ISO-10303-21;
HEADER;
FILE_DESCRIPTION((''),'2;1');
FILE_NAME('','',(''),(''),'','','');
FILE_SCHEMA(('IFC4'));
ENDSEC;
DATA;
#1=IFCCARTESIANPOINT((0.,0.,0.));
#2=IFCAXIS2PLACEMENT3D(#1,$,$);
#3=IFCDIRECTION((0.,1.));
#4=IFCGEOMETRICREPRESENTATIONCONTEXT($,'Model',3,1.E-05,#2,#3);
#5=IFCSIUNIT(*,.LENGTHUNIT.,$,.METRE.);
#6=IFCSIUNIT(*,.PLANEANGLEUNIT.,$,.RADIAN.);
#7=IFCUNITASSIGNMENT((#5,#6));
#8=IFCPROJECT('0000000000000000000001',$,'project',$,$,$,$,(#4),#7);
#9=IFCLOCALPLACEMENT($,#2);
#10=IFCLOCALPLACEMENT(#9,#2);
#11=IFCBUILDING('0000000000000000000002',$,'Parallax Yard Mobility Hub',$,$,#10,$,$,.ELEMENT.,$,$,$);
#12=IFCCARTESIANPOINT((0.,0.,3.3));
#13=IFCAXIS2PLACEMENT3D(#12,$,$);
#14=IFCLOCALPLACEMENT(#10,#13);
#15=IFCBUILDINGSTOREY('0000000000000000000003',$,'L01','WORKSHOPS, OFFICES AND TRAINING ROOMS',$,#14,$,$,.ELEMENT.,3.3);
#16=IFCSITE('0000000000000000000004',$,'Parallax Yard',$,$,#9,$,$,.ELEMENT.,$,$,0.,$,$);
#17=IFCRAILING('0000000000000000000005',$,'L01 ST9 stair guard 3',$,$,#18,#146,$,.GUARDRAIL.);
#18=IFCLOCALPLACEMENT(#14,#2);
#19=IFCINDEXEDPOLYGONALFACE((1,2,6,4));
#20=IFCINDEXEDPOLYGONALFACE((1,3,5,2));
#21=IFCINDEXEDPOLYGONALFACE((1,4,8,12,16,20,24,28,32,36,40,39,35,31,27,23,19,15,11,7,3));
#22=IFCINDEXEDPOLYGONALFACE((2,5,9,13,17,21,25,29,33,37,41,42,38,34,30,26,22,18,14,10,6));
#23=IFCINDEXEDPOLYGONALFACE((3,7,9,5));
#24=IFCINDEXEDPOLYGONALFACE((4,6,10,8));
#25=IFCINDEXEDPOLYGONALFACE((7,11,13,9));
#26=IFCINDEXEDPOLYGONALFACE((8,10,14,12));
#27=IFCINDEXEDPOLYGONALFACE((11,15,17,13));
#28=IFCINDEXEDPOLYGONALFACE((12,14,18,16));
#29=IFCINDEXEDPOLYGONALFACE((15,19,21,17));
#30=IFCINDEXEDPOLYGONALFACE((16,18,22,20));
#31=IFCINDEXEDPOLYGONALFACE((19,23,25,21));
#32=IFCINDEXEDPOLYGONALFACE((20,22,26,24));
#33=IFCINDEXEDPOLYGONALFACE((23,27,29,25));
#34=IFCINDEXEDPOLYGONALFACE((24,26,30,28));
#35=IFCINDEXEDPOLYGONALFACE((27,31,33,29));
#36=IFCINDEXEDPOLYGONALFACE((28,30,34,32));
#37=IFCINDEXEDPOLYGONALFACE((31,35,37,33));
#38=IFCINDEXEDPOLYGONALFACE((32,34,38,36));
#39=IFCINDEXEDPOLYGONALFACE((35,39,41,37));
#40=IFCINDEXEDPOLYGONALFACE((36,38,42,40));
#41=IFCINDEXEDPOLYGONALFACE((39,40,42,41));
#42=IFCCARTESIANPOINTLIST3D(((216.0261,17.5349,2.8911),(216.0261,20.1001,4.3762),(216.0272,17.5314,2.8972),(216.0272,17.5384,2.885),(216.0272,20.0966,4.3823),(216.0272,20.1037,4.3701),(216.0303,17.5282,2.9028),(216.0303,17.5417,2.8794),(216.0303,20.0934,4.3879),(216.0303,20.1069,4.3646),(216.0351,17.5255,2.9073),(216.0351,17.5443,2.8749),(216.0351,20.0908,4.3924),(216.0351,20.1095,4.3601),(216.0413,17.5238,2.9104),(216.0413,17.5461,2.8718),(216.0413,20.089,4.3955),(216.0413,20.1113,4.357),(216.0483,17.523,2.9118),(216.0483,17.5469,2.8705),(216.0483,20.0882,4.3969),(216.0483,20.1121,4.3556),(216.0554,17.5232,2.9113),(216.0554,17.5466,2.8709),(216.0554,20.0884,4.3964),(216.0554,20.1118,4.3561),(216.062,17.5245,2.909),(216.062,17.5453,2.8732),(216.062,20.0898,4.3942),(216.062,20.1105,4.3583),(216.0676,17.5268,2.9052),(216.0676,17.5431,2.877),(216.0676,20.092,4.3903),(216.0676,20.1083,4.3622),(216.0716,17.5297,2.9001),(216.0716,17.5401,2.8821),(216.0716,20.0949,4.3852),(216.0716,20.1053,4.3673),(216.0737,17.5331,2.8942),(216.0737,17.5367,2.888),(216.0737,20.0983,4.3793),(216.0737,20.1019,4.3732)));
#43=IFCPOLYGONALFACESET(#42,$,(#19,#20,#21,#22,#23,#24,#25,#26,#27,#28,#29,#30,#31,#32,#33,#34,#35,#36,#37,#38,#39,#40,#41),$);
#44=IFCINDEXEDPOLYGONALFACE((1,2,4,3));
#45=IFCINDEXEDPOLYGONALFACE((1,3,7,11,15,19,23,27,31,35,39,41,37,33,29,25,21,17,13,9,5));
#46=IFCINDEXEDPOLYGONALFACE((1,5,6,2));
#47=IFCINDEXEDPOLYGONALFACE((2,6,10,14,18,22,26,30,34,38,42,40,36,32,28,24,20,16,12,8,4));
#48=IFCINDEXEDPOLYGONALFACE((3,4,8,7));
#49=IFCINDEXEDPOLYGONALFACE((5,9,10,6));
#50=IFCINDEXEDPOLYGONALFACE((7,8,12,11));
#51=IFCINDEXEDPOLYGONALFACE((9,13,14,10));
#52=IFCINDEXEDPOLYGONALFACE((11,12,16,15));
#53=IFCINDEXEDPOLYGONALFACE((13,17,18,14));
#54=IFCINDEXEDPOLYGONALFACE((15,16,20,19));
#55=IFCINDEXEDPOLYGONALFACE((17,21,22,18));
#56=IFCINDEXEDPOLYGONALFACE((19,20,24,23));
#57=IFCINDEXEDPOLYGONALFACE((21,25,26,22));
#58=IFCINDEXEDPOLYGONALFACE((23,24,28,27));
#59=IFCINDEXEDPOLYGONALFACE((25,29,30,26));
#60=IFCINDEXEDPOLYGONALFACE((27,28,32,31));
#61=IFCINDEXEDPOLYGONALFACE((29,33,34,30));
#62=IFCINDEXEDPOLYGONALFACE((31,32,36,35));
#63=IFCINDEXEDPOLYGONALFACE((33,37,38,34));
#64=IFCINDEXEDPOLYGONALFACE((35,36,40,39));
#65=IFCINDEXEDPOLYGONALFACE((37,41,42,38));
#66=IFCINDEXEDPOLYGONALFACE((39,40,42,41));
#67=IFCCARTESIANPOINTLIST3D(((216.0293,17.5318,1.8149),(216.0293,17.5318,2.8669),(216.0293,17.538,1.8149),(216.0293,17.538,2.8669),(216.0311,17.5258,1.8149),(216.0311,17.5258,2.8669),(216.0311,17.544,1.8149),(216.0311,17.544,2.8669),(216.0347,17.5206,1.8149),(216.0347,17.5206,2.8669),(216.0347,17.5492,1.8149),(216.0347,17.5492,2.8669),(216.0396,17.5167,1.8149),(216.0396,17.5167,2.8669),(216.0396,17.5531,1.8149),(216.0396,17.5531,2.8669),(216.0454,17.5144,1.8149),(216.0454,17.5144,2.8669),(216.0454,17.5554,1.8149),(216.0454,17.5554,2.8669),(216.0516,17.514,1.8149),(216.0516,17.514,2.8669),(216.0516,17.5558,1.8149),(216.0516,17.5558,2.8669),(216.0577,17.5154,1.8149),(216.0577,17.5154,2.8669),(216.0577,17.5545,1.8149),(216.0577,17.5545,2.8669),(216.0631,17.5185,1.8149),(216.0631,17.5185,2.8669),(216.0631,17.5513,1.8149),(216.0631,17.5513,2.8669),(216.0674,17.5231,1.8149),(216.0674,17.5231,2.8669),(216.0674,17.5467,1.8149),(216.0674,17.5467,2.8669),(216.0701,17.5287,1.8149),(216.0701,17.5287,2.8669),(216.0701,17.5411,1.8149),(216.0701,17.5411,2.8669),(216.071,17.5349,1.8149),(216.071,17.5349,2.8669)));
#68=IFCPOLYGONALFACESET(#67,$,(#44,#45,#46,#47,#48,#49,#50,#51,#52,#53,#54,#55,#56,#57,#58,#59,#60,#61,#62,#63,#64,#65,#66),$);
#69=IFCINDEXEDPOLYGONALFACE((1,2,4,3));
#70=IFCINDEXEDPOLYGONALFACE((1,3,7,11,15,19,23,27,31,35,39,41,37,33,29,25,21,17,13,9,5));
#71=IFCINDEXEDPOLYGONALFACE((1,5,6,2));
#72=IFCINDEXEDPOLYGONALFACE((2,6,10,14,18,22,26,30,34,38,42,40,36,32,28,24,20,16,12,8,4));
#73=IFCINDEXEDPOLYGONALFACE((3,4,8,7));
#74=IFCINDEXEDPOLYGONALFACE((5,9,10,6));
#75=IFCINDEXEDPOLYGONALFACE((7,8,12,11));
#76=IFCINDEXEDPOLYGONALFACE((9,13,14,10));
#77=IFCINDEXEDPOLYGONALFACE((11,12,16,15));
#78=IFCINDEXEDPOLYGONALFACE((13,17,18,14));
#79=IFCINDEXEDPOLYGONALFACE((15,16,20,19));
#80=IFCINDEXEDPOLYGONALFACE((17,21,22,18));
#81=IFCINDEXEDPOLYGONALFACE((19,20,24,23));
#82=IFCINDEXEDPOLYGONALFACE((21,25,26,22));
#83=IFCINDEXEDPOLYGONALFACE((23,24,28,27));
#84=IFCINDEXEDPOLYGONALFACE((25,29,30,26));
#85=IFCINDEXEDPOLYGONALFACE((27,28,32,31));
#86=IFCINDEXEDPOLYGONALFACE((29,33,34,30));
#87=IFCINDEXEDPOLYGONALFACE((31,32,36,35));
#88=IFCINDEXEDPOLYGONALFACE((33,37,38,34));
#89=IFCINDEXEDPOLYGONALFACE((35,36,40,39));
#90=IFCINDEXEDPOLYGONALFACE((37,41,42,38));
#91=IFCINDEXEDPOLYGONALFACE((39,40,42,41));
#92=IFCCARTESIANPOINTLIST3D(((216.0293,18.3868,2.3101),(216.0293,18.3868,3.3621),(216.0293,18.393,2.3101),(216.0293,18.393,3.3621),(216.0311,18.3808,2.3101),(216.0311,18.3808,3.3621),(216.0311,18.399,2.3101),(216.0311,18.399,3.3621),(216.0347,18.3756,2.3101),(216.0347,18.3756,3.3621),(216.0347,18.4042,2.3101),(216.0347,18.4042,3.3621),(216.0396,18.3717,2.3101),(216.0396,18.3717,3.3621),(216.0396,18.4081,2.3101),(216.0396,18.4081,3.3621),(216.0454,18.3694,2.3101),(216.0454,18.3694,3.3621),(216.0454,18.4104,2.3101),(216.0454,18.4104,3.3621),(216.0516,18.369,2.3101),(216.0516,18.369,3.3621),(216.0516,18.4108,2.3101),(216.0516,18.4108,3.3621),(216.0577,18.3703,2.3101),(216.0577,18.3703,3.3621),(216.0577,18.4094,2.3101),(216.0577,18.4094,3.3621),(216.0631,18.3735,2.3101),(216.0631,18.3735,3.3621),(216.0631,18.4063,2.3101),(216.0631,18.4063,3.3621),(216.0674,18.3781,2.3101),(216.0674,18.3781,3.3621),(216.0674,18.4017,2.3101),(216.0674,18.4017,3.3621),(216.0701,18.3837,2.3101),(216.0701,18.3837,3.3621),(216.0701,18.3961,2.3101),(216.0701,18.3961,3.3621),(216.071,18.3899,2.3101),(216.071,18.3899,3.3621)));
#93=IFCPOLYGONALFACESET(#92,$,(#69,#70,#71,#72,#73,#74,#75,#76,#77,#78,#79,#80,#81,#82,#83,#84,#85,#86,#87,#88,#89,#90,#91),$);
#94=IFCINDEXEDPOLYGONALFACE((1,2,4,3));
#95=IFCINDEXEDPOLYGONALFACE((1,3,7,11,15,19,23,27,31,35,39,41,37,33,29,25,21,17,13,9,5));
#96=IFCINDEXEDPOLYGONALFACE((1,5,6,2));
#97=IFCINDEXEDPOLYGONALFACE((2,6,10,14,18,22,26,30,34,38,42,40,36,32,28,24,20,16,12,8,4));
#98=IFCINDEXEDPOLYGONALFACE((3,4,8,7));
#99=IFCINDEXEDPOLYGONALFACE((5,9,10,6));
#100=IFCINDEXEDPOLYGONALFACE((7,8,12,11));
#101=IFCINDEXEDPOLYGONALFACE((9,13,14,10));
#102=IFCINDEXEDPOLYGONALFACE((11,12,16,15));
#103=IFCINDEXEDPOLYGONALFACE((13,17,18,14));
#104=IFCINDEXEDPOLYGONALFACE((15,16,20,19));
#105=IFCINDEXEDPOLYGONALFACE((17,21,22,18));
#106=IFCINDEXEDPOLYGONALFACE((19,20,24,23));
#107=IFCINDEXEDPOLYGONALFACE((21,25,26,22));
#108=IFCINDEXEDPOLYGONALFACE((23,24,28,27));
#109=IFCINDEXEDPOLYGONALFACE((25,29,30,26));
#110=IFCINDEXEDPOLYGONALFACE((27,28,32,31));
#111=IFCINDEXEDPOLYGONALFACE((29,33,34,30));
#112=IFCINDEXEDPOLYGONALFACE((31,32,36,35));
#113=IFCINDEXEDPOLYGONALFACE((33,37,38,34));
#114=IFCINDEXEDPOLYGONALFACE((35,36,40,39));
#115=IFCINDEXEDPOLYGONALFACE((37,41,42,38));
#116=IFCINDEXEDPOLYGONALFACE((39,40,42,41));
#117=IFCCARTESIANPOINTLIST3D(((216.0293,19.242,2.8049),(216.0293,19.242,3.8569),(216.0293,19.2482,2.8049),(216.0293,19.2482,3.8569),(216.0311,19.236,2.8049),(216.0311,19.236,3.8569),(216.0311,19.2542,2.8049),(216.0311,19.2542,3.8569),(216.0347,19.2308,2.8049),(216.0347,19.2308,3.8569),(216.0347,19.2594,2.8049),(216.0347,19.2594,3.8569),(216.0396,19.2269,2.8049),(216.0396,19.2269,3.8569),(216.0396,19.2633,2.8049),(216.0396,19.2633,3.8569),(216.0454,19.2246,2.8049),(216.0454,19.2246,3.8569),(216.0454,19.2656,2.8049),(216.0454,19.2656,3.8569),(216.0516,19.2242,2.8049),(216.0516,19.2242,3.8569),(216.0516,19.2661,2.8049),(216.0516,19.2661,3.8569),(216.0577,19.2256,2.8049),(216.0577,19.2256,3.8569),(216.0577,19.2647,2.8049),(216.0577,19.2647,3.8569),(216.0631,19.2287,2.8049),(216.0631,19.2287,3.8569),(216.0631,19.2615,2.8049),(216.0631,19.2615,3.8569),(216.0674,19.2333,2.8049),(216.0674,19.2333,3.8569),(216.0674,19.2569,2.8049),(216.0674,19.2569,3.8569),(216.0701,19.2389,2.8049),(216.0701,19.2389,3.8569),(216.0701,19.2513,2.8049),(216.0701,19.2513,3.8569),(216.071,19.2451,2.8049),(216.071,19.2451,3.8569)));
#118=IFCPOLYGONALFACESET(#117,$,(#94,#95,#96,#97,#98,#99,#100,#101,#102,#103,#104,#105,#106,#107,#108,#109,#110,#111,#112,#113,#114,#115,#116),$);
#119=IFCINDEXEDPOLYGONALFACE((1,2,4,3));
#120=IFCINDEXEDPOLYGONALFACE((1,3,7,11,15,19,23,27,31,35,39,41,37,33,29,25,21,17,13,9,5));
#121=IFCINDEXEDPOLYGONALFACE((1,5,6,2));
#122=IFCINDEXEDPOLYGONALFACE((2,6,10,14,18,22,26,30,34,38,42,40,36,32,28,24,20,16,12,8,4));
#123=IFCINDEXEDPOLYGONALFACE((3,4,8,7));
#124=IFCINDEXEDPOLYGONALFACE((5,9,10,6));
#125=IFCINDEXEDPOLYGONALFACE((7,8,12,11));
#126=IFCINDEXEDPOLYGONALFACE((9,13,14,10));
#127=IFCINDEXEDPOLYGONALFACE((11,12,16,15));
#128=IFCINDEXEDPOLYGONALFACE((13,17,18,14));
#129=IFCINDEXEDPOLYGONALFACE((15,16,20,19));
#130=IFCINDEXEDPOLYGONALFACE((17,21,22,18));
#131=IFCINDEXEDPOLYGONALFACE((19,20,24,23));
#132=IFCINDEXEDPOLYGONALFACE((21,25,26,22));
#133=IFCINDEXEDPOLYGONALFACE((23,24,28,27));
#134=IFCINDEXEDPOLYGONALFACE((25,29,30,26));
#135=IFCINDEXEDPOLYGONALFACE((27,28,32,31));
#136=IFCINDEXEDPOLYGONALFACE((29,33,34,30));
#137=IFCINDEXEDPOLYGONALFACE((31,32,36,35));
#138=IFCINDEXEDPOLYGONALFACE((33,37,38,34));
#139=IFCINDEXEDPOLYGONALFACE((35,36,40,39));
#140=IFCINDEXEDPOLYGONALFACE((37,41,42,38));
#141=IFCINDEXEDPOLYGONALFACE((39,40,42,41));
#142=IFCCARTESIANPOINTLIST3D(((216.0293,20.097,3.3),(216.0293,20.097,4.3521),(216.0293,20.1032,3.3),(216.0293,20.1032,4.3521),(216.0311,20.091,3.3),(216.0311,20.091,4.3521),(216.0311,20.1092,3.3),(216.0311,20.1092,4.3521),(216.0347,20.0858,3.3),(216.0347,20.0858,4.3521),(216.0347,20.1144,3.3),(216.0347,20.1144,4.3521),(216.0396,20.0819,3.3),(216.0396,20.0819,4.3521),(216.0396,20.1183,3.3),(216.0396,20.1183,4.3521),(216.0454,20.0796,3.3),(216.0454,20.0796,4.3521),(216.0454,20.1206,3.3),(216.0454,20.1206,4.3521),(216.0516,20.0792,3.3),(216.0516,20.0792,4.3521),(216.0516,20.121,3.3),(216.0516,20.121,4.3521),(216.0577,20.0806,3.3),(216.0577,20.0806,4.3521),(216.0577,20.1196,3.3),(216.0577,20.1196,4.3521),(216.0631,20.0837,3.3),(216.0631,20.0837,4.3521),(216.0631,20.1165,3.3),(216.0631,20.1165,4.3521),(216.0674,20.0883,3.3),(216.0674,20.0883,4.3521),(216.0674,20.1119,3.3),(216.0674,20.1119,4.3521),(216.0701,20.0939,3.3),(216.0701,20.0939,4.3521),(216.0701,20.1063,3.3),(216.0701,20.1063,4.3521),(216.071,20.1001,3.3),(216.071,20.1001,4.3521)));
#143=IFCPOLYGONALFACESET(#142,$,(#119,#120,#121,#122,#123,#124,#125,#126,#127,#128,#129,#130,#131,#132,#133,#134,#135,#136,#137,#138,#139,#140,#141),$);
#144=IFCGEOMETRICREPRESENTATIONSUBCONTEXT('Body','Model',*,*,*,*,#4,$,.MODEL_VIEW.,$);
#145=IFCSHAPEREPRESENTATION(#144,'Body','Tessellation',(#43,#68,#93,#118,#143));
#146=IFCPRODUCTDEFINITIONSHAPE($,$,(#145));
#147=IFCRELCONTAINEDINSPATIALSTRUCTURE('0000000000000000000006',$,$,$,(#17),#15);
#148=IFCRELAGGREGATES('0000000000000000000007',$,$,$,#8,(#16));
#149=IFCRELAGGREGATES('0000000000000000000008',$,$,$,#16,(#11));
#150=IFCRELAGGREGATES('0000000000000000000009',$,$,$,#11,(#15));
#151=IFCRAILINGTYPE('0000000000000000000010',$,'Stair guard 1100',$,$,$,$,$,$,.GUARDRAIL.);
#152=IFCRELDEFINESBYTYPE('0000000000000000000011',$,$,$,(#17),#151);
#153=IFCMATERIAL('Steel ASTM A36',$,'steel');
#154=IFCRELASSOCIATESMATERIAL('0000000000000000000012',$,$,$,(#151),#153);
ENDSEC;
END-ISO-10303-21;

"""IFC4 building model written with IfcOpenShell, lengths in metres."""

from ifc_helpers import new_model, si_unit, direction, frame, origin, origin_2d, place, context, subcontext, project, spatial, circle, extrude, material, type_object, element, save


model = new_model("IFC4")

# Units and contexts
model_context = context("Model", 3, precision=1e-05, world=origin(), true_north=direction((0.0, 1.0)))
body_context = subcontext(model_context, "Body", "Model", "MODEL_VIEW")
ifc_project = project(units=[si_unit("LENGTHUNIT", "METRE"), si_unit("PLANEANGLEUNIT", "RADIAN")], contexts=[model_context])

# Site, building, storey
site_placement = place(None, origin())
site = spatial("IfcSite", under=ifc_project, at=site_placement, Name="Parallax Yard", CompositionType="ELEMENT", RefElevation=0.0)
building_placement = place(site_placement, origin())
building = spatial("IfcBuilding", under=site, at=building_placement, Name="Parallax Yard Mobility Hub", CompositionType="ELEMENT")
storey_placement = place(building_placement, frame((0.0, 0.0, 3.3)))
storey = spatial("IfcBuildingStorey", under=building, at=storey_placement, Name="L01", Description="WORKSHOPS, OFFICES AND TRAINING ROOMS", CompositionType="ELEMENT", Elevation=3.3)

# Railing
ifc_material_1 = material(Name="Steel ASTM A36", Category="steel")
railing_type_1 = type_object("IfcRailingType", Name="Stair guard 1100", PredefinedType="GUARDRAIL", material=ifc_material_1)
railing_1_placement = place(storey_placement, frame((216.05, 17.5349, 1.8149)))
element("IfcRailing", 1, at=railing_1_placement, inside=storey, type_object=railing_type_1, Name="L01 ST9 stair guard 3", PredefinedType="GUARDRAIL", context=body_context, shape_type="SweptSolid", body=[
    extrude(circle(Radius=0.0239, at=origin_2d()), frame((0.0, 0.0, 1.0762), z_axis=(0.0, 0.865426, 0.501036), x_axis=(-1.0, 0.0, 0.0)), (0.0, 0.0, 1.0), 2.9641),
    extrude(circle(Radius=0.021, at=origin_2d()), origin(), (0.0, 0.0, 1.0), 1.052),
    extrude(circle(Radius=0.021, at=origin_2d()), frame((0.0, 0.855, 0.4951)), (0.0, 0.0, 1.0), 1.052),
    extrude(circle(Radius=0.021, at=origin_2d()), frame((0.0, 1.7102, 0.99)), (0.0, 0.0, 1.0), 1.052),
    extrude(circle(Radius=0.021, at=origin_2d()), frame((0.0, 2.5652, 1.4851)), (0.0, 0.0, 1.0), 1.052),
])

save(model, "model.ifc")
